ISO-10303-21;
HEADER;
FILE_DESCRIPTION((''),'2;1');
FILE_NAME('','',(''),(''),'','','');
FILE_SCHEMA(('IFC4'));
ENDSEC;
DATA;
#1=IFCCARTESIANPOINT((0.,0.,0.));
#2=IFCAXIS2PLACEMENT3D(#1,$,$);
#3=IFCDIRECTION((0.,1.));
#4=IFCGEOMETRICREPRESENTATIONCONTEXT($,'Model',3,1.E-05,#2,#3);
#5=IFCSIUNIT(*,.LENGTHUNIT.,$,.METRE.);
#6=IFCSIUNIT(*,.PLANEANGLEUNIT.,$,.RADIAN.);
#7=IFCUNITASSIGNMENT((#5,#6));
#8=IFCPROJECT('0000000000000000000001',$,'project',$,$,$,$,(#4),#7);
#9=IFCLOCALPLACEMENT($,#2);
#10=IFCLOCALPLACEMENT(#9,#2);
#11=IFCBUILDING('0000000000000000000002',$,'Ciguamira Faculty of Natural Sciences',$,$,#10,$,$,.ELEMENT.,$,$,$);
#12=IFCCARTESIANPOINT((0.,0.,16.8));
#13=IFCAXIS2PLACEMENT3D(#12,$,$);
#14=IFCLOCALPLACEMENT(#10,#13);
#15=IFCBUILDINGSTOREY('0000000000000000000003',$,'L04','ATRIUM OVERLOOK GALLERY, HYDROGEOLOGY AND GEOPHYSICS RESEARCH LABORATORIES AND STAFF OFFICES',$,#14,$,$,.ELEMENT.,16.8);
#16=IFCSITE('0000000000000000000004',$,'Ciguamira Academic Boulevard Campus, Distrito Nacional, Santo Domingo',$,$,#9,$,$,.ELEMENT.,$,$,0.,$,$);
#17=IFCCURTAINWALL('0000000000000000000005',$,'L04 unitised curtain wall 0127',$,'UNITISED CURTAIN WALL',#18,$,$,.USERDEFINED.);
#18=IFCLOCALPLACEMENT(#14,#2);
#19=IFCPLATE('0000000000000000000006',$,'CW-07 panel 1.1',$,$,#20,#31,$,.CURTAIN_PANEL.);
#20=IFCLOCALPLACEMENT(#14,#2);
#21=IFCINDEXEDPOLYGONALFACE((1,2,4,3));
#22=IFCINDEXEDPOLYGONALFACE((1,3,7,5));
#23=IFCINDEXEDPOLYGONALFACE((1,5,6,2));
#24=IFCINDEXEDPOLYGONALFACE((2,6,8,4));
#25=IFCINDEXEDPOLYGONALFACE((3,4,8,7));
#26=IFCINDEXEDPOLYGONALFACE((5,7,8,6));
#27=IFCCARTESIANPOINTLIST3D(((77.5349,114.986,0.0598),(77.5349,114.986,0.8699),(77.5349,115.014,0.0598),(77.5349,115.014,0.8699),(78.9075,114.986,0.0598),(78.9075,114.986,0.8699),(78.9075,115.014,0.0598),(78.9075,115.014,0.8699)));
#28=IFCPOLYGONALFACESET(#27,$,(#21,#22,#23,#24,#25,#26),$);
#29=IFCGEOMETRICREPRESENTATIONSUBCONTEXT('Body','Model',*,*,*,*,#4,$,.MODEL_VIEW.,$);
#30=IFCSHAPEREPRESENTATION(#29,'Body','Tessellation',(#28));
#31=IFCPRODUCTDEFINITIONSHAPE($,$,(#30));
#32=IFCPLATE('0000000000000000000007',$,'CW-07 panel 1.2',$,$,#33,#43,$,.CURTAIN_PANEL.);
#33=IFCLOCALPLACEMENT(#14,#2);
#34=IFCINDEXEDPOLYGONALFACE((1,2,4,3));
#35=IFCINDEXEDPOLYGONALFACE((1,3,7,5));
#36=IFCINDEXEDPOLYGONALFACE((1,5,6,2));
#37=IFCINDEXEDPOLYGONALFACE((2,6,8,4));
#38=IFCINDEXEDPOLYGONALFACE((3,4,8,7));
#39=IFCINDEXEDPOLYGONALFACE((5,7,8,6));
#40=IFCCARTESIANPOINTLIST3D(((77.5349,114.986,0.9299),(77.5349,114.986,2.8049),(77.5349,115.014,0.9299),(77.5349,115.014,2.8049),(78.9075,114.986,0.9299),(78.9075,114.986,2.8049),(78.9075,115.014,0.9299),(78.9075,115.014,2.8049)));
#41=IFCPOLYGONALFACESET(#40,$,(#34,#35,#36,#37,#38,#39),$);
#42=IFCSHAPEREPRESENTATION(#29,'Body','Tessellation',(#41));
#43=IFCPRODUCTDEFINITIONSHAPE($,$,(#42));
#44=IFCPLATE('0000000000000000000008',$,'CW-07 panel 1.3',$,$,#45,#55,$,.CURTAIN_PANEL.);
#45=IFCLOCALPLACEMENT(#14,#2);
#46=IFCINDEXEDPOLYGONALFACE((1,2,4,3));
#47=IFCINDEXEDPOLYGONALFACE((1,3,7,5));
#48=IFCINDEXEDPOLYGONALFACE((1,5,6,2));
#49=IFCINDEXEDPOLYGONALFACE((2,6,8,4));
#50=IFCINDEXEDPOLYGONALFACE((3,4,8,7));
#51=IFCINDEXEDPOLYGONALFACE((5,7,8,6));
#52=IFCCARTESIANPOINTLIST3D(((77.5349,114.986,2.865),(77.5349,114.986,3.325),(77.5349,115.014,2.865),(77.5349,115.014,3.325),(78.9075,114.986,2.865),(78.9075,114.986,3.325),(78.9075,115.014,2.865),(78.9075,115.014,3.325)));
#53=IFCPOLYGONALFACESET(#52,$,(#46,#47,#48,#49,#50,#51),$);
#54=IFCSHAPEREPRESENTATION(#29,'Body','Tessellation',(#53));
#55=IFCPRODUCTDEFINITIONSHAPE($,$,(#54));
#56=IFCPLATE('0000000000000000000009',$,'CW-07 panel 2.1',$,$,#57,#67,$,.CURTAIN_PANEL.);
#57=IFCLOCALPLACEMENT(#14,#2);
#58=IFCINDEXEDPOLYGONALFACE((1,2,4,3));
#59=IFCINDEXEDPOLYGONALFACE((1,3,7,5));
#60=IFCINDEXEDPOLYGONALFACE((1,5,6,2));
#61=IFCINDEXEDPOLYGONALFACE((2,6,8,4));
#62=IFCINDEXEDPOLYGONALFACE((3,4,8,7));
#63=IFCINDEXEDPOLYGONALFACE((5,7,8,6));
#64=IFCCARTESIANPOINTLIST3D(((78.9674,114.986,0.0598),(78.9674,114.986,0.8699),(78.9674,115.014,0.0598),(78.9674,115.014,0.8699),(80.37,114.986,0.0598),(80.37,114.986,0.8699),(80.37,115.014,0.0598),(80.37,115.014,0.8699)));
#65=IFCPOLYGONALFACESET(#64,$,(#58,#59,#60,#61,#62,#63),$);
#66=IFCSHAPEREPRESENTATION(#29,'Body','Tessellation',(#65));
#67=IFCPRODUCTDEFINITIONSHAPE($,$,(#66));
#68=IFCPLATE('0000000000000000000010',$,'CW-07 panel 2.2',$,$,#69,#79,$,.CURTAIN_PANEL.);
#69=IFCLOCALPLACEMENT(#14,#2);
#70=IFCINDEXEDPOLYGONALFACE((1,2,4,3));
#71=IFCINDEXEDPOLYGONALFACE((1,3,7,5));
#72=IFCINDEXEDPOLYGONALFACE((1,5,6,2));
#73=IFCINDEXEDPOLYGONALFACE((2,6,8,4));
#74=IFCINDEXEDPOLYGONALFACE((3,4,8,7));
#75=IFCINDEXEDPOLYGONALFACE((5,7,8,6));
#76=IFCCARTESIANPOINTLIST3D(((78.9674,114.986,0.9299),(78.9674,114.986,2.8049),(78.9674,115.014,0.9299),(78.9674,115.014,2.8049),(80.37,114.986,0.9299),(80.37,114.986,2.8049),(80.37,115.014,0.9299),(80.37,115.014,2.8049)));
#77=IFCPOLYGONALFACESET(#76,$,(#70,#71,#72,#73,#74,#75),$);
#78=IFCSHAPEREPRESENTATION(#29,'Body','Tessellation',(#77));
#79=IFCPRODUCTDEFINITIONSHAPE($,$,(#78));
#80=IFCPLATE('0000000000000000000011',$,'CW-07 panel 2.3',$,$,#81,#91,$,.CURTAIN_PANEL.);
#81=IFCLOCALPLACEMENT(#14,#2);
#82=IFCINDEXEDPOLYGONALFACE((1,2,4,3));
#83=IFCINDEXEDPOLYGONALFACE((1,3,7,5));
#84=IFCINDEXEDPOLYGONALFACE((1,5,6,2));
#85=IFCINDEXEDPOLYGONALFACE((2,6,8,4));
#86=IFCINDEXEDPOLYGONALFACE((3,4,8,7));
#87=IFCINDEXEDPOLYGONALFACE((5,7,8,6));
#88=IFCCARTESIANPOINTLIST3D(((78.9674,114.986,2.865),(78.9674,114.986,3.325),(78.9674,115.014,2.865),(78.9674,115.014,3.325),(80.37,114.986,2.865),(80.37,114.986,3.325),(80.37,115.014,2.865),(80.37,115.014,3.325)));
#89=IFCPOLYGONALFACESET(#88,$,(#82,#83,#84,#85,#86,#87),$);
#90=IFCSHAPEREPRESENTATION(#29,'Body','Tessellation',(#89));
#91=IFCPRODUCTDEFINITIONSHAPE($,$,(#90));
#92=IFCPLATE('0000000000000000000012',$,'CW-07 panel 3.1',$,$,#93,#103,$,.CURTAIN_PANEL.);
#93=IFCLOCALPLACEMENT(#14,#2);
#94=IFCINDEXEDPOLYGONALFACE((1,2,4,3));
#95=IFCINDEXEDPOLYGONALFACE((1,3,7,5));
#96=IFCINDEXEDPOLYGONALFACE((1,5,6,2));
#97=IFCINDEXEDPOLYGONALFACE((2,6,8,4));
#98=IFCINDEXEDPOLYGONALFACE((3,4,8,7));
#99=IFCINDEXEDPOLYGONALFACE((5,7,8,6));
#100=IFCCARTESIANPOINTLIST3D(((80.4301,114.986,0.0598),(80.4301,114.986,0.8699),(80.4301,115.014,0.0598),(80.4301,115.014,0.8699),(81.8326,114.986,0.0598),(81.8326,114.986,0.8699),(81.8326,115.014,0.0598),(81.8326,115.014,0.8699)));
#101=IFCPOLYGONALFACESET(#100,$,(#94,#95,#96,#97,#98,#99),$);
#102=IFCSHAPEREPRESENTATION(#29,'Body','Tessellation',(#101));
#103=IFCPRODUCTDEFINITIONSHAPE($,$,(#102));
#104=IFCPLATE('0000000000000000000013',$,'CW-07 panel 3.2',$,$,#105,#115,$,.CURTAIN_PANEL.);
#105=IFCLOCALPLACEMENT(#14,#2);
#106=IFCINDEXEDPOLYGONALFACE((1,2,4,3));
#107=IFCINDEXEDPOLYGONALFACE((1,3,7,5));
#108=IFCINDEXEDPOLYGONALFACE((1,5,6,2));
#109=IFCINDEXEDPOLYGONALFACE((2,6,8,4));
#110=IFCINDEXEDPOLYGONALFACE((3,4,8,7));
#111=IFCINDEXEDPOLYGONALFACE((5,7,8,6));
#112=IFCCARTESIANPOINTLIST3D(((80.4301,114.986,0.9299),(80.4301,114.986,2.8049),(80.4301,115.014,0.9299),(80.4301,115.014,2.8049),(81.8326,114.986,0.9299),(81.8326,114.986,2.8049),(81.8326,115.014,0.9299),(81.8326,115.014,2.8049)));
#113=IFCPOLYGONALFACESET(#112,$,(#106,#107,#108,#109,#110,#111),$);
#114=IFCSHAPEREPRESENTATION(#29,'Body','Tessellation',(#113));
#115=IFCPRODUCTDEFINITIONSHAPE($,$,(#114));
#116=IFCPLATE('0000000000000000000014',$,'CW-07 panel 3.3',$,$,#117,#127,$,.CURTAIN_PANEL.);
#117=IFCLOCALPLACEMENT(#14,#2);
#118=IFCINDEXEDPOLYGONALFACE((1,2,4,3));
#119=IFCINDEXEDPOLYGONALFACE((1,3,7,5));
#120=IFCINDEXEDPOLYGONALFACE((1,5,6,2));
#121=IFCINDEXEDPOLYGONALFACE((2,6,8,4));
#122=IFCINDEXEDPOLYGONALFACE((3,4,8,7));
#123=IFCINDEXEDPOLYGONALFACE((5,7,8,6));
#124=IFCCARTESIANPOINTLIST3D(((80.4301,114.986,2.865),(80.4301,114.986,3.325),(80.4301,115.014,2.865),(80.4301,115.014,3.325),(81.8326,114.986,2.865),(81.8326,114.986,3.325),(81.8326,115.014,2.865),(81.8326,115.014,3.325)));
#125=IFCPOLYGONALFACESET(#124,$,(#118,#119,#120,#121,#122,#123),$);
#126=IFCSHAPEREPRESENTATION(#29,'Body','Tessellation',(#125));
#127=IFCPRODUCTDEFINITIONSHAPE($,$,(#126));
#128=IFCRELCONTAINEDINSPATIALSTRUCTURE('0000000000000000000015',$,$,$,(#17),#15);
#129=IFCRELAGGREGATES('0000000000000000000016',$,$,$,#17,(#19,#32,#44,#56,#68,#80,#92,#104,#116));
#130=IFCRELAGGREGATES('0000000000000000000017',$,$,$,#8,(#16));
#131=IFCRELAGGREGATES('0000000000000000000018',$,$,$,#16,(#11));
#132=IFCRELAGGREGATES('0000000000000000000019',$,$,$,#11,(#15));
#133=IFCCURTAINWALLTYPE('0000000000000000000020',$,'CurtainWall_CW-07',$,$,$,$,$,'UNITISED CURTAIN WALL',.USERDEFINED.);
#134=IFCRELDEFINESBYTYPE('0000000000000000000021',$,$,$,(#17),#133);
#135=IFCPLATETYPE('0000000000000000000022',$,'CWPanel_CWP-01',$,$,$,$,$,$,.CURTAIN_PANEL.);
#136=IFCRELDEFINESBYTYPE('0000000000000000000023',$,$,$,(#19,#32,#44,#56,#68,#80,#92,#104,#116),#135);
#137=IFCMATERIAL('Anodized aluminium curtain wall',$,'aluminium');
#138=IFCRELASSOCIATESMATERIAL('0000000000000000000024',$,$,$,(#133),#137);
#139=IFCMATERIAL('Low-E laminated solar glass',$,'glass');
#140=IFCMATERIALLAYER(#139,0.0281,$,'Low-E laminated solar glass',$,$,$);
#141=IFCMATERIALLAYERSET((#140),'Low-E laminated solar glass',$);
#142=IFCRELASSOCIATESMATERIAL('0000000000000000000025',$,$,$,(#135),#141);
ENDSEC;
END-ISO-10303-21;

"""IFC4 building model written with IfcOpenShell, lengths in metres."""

from ifc_helpers import new_model, si_unit, direction, frame, origin, origin_2d, place, context, subcontext, project, spatial, rectangle, extrude, material, layer, layer_set, type_object, element, aggregate, save


model = new_model("IFC4")

# Units and contexts
model_context = context("Model", 3, precision=1e-05, world=origin(), true_north=direction((0.0, 1.0)))
body_context = subcontext(model_context, "Body", "Model", "MODEL_VIEW")
ifc_project = project(units=[si_unit("LENGTHUNIT", "METRE"), si_unit("PLANEANGLEUNIT", "RADIAN")], contexts=[model_context])

# Site, building, storey
site_placement = place(None, origin())
site = spatial("IfcSite", under=ifc_project, at=site_placement, Name="Ciguamira Academic Boulevard Campus, Distrito Nacional, Santo Domingo", CompositionType="ELEMENT", RefElevation=0.0)
building_placement = place(site_placement, origin())
building = spatial("IfcBuilding", under=site, at=building_placement, Name="Ciguamira Faculty of Natural Sciences", CompositionType="ELEMENT")
storey_placement = place(building_placement, frame((0.0, 0.0, 16.8)))
storey = spatial("IfcBuildingStorey", under=building, at=storey_placement, Name="L04", Description="ATRIUM OVERLOOK GALLERY, HYDROGEOLOGY AND GEOPHYSICS RESEARCH LABORATORIES AND STAFF OFFICES", CompositionType="ELEMENT", Elevation=16.8)

# Curtain wall, plates
ifc_material_1 = material(Name="Anodized aluminium curtain wall", Category="aluminium")
curtain_wall_type = type_object("IfcCurtainWallType", Name="CurtainWall_CW-07", ElementType="UNITISED CURTAIN WALL", PredefinedType="USERDEFINED", material=ifc_material_1)
curtain_wall_placement = place(storey_placement, origin())
curtain_wall = element("IfcCurtainWall", 1, at=curtain_wall_placement, inside=storey, type_object=curtain_wall_type, Name="L04 unitised curtain wall 0127", ObjectType="UNITISED CURTAIN WALL", PredefinedType="USERDEFINED")
ifc_material_2 = material(Name="Low-E laminated solar glass", Category="glass")
ifc_layer = layer(ifc_material_2, 0.0281, Name="Low-E laminated solar glass")
ifc_layer_set = layer_set([ifc_layer], Name="Low-E laminated solar glass")
plate_type = type_object("IfcPlateType", Name="CWPanel_CWP-01", PredefinedType="CURTAIN_PANEL", material=ifc_layer_set)
plate_1_placement = place(storey_placement, frame((78.2212, 115.0, 0.0598), z_axis=(0.0, 0.0, 1.0), x_axis=(1.0, 0.0, 0.0)))
plate_1 = element("IfcPlate", 2, at=plate_1_placement, type_object=plate_type, Name="CW-07 panel 1.1", PredefinedType="CURTAIN_PANEL", context=body_context, shape_type="SweptSolid", body=[
    extrude(rectangle(XDim=1.3726, YDim=0.0281, at=origin_2d()), origin(), (0.0, 0.0, 1.0), 0.8101),
])
plate_2_placement = place(storey_placement, frame((78.2212, 115.0, 0.9299), z_axis=(0.0, 0.0, 1.0), x_axis=(1.0, 0.0, 0.0)))
plate_2 = element("IfcPlate", 3, at=plate_2_placement, type_object=plate_type, Name="CW-07 panel 1.2", PredefinedType="CURTAIN_PANEL", context=body_context, shape_type="SweptSolid", body=[
    extrude(rectangle(XDim=1.3726, YDim=0.0281, at=origin_2d()), origin(), (0.0, 0.0, 1.0), 1.875),
])
plate_3_placement = place(storey_placement, frame((78.2212, 115.0, 2.865), z_axis=(0.0, 0.0, 1.0), x_axis=(1.0, 0.0, 0.0)))
plate_3 = element("IfcPlate", 4, at=plate_3_placement, type_object=plate_type, Name="CW-07 panel 1.3", PredefinedType="CURTAIN_PANEL", context=body_context, shape_type="SweptSolid", body=[
    extrude(rectangle(XDim=1.3726, YDim=0.0281, at=origin_2d()), origin(), (0.0, 0.0, 1.0), 0.46),
])
plate_4_placement = place(storey_placement, frame((79.6687, 115.0, 0.0598), z_axis=(0.0, 0.0, 1.0), x_axis=(1.0, 0.0, 0.0)))
plate_4 = element("IfcPlate", 5, at=plate_4_placement, type_object=plate_type, Name="CW-07 panel 2.1", PredefinedType="CURTAIN_PANEL", context=body_context, shape_type="SweptSolid", body=[
    extrude(rectangle(XDim=1.4026, YDim=0.0281, at=origin_2d()), origin(), (0.0, 0.0, 1.0), 0.8101),
])
plate_5_placement = place(storey_placement, frame((79.6687, 115.0, 0.9299), z_axis=(0.0, 0.0, 1.0), x_axis=(1.0, 0.0, 0.0)))
plate_5 = element("IfcPlate", 6, at=plate_5_placement, type_object=plate_type, Name="CW-07 panel 2.2", PredefinedType="CURTAIN_PANEL", context=body_context, shape_type="SweptSolid", body=[
    extrude(rectangle(XDim=1.4026, YDim=0.0281, at=origin_2d()), origin(), (0.0, 0.0, 1.0), 1.875),
])
plate_6_placement = place(storey_placement, frame((79.6687, 115.0, 2.865), z_axis=(0.0, 0.0, 1.0), x_axis=(1.0, 0.0, 0.0)))
plate_6 = element("IfcPlate", 7, at=plate_6_placement, type_object=plate_type, Name="CW-07 panel 2.3", PredefinedType="CURTAIN_PANEL", context=body_context, shape_type="SweptSolid", body=[
    extrude(rectangle(XDim=1.4026, YDim=0.0281, at=origin_2d()), origin(), (0.0, 0.0, 1.0), 0.46),
])
plate_7_placement = place(storey_placement, frame((81.1313, 115.0, 0.0598), z_axis=(0.0, 0.0, 1.0), x_axis=(1.0, 0.0, 0.0)))
plate_7 = element("IfcPlate", 8, at=plate_7_placement, type_object=plate_type, Name="CW-07 panel 3.1", PredefinedType="CURTAIN_PANEL", context=body_context, shape_type="SweptSolid", body=[
    extrude(rectangle(XDim=1.4026, YDim=0.0281, at=origin_2d()), origin(), (0.0, 0.0, 1.0), 0.8101),
])
plate_8_placement = place(storey_placement, frame((81.1313, 115.0, 0.9299), z_axis=(0.0, 0.0, 1.0), x_axis=(1.0, 0.0, 0.0)))
plate_8 = element("IfcPlate", 9, at=plate_8_placement, type_object=plate_type, Name="CW-07 panel 3.2", PredefinedType="CURTAIN_PANEL", context=body_context, shape_type="SweptSolid", body=[
    extrude(rectangle(XDim=1.4026, YDim=0.0281, at=origin_2d()), origin(), (0.0, 0.0, 1.0), 1.875),
])
plate_9_placement = place(storey_placement, frame((81.1313, 115.0, 2.865), z_axis=(0.0, 0.0, 1.0), x_axis=(1.0, 0.0, 0.0)))
plate_9 = element("IfcPlate", 10, at=plate_9_placement, type_object=plate_type, Name="CW-07 panel 3.3", PredefinedType="CURTAIN_PANEL", context=body_context, shape_type="SweptSolid", body=[
    extrude(rectangle(XDim=1.4026, YDim=0.0281, at=origin_2d()), origin(), (0.0, 0.0, 1.0), 0.46),
])
aggregate(curtain_wall, [plate_1, plate_2, plate_3, plate_4, plate_5, plate_6, plate_7, plate_8, plate_9])

save(model, "model.ifc")
